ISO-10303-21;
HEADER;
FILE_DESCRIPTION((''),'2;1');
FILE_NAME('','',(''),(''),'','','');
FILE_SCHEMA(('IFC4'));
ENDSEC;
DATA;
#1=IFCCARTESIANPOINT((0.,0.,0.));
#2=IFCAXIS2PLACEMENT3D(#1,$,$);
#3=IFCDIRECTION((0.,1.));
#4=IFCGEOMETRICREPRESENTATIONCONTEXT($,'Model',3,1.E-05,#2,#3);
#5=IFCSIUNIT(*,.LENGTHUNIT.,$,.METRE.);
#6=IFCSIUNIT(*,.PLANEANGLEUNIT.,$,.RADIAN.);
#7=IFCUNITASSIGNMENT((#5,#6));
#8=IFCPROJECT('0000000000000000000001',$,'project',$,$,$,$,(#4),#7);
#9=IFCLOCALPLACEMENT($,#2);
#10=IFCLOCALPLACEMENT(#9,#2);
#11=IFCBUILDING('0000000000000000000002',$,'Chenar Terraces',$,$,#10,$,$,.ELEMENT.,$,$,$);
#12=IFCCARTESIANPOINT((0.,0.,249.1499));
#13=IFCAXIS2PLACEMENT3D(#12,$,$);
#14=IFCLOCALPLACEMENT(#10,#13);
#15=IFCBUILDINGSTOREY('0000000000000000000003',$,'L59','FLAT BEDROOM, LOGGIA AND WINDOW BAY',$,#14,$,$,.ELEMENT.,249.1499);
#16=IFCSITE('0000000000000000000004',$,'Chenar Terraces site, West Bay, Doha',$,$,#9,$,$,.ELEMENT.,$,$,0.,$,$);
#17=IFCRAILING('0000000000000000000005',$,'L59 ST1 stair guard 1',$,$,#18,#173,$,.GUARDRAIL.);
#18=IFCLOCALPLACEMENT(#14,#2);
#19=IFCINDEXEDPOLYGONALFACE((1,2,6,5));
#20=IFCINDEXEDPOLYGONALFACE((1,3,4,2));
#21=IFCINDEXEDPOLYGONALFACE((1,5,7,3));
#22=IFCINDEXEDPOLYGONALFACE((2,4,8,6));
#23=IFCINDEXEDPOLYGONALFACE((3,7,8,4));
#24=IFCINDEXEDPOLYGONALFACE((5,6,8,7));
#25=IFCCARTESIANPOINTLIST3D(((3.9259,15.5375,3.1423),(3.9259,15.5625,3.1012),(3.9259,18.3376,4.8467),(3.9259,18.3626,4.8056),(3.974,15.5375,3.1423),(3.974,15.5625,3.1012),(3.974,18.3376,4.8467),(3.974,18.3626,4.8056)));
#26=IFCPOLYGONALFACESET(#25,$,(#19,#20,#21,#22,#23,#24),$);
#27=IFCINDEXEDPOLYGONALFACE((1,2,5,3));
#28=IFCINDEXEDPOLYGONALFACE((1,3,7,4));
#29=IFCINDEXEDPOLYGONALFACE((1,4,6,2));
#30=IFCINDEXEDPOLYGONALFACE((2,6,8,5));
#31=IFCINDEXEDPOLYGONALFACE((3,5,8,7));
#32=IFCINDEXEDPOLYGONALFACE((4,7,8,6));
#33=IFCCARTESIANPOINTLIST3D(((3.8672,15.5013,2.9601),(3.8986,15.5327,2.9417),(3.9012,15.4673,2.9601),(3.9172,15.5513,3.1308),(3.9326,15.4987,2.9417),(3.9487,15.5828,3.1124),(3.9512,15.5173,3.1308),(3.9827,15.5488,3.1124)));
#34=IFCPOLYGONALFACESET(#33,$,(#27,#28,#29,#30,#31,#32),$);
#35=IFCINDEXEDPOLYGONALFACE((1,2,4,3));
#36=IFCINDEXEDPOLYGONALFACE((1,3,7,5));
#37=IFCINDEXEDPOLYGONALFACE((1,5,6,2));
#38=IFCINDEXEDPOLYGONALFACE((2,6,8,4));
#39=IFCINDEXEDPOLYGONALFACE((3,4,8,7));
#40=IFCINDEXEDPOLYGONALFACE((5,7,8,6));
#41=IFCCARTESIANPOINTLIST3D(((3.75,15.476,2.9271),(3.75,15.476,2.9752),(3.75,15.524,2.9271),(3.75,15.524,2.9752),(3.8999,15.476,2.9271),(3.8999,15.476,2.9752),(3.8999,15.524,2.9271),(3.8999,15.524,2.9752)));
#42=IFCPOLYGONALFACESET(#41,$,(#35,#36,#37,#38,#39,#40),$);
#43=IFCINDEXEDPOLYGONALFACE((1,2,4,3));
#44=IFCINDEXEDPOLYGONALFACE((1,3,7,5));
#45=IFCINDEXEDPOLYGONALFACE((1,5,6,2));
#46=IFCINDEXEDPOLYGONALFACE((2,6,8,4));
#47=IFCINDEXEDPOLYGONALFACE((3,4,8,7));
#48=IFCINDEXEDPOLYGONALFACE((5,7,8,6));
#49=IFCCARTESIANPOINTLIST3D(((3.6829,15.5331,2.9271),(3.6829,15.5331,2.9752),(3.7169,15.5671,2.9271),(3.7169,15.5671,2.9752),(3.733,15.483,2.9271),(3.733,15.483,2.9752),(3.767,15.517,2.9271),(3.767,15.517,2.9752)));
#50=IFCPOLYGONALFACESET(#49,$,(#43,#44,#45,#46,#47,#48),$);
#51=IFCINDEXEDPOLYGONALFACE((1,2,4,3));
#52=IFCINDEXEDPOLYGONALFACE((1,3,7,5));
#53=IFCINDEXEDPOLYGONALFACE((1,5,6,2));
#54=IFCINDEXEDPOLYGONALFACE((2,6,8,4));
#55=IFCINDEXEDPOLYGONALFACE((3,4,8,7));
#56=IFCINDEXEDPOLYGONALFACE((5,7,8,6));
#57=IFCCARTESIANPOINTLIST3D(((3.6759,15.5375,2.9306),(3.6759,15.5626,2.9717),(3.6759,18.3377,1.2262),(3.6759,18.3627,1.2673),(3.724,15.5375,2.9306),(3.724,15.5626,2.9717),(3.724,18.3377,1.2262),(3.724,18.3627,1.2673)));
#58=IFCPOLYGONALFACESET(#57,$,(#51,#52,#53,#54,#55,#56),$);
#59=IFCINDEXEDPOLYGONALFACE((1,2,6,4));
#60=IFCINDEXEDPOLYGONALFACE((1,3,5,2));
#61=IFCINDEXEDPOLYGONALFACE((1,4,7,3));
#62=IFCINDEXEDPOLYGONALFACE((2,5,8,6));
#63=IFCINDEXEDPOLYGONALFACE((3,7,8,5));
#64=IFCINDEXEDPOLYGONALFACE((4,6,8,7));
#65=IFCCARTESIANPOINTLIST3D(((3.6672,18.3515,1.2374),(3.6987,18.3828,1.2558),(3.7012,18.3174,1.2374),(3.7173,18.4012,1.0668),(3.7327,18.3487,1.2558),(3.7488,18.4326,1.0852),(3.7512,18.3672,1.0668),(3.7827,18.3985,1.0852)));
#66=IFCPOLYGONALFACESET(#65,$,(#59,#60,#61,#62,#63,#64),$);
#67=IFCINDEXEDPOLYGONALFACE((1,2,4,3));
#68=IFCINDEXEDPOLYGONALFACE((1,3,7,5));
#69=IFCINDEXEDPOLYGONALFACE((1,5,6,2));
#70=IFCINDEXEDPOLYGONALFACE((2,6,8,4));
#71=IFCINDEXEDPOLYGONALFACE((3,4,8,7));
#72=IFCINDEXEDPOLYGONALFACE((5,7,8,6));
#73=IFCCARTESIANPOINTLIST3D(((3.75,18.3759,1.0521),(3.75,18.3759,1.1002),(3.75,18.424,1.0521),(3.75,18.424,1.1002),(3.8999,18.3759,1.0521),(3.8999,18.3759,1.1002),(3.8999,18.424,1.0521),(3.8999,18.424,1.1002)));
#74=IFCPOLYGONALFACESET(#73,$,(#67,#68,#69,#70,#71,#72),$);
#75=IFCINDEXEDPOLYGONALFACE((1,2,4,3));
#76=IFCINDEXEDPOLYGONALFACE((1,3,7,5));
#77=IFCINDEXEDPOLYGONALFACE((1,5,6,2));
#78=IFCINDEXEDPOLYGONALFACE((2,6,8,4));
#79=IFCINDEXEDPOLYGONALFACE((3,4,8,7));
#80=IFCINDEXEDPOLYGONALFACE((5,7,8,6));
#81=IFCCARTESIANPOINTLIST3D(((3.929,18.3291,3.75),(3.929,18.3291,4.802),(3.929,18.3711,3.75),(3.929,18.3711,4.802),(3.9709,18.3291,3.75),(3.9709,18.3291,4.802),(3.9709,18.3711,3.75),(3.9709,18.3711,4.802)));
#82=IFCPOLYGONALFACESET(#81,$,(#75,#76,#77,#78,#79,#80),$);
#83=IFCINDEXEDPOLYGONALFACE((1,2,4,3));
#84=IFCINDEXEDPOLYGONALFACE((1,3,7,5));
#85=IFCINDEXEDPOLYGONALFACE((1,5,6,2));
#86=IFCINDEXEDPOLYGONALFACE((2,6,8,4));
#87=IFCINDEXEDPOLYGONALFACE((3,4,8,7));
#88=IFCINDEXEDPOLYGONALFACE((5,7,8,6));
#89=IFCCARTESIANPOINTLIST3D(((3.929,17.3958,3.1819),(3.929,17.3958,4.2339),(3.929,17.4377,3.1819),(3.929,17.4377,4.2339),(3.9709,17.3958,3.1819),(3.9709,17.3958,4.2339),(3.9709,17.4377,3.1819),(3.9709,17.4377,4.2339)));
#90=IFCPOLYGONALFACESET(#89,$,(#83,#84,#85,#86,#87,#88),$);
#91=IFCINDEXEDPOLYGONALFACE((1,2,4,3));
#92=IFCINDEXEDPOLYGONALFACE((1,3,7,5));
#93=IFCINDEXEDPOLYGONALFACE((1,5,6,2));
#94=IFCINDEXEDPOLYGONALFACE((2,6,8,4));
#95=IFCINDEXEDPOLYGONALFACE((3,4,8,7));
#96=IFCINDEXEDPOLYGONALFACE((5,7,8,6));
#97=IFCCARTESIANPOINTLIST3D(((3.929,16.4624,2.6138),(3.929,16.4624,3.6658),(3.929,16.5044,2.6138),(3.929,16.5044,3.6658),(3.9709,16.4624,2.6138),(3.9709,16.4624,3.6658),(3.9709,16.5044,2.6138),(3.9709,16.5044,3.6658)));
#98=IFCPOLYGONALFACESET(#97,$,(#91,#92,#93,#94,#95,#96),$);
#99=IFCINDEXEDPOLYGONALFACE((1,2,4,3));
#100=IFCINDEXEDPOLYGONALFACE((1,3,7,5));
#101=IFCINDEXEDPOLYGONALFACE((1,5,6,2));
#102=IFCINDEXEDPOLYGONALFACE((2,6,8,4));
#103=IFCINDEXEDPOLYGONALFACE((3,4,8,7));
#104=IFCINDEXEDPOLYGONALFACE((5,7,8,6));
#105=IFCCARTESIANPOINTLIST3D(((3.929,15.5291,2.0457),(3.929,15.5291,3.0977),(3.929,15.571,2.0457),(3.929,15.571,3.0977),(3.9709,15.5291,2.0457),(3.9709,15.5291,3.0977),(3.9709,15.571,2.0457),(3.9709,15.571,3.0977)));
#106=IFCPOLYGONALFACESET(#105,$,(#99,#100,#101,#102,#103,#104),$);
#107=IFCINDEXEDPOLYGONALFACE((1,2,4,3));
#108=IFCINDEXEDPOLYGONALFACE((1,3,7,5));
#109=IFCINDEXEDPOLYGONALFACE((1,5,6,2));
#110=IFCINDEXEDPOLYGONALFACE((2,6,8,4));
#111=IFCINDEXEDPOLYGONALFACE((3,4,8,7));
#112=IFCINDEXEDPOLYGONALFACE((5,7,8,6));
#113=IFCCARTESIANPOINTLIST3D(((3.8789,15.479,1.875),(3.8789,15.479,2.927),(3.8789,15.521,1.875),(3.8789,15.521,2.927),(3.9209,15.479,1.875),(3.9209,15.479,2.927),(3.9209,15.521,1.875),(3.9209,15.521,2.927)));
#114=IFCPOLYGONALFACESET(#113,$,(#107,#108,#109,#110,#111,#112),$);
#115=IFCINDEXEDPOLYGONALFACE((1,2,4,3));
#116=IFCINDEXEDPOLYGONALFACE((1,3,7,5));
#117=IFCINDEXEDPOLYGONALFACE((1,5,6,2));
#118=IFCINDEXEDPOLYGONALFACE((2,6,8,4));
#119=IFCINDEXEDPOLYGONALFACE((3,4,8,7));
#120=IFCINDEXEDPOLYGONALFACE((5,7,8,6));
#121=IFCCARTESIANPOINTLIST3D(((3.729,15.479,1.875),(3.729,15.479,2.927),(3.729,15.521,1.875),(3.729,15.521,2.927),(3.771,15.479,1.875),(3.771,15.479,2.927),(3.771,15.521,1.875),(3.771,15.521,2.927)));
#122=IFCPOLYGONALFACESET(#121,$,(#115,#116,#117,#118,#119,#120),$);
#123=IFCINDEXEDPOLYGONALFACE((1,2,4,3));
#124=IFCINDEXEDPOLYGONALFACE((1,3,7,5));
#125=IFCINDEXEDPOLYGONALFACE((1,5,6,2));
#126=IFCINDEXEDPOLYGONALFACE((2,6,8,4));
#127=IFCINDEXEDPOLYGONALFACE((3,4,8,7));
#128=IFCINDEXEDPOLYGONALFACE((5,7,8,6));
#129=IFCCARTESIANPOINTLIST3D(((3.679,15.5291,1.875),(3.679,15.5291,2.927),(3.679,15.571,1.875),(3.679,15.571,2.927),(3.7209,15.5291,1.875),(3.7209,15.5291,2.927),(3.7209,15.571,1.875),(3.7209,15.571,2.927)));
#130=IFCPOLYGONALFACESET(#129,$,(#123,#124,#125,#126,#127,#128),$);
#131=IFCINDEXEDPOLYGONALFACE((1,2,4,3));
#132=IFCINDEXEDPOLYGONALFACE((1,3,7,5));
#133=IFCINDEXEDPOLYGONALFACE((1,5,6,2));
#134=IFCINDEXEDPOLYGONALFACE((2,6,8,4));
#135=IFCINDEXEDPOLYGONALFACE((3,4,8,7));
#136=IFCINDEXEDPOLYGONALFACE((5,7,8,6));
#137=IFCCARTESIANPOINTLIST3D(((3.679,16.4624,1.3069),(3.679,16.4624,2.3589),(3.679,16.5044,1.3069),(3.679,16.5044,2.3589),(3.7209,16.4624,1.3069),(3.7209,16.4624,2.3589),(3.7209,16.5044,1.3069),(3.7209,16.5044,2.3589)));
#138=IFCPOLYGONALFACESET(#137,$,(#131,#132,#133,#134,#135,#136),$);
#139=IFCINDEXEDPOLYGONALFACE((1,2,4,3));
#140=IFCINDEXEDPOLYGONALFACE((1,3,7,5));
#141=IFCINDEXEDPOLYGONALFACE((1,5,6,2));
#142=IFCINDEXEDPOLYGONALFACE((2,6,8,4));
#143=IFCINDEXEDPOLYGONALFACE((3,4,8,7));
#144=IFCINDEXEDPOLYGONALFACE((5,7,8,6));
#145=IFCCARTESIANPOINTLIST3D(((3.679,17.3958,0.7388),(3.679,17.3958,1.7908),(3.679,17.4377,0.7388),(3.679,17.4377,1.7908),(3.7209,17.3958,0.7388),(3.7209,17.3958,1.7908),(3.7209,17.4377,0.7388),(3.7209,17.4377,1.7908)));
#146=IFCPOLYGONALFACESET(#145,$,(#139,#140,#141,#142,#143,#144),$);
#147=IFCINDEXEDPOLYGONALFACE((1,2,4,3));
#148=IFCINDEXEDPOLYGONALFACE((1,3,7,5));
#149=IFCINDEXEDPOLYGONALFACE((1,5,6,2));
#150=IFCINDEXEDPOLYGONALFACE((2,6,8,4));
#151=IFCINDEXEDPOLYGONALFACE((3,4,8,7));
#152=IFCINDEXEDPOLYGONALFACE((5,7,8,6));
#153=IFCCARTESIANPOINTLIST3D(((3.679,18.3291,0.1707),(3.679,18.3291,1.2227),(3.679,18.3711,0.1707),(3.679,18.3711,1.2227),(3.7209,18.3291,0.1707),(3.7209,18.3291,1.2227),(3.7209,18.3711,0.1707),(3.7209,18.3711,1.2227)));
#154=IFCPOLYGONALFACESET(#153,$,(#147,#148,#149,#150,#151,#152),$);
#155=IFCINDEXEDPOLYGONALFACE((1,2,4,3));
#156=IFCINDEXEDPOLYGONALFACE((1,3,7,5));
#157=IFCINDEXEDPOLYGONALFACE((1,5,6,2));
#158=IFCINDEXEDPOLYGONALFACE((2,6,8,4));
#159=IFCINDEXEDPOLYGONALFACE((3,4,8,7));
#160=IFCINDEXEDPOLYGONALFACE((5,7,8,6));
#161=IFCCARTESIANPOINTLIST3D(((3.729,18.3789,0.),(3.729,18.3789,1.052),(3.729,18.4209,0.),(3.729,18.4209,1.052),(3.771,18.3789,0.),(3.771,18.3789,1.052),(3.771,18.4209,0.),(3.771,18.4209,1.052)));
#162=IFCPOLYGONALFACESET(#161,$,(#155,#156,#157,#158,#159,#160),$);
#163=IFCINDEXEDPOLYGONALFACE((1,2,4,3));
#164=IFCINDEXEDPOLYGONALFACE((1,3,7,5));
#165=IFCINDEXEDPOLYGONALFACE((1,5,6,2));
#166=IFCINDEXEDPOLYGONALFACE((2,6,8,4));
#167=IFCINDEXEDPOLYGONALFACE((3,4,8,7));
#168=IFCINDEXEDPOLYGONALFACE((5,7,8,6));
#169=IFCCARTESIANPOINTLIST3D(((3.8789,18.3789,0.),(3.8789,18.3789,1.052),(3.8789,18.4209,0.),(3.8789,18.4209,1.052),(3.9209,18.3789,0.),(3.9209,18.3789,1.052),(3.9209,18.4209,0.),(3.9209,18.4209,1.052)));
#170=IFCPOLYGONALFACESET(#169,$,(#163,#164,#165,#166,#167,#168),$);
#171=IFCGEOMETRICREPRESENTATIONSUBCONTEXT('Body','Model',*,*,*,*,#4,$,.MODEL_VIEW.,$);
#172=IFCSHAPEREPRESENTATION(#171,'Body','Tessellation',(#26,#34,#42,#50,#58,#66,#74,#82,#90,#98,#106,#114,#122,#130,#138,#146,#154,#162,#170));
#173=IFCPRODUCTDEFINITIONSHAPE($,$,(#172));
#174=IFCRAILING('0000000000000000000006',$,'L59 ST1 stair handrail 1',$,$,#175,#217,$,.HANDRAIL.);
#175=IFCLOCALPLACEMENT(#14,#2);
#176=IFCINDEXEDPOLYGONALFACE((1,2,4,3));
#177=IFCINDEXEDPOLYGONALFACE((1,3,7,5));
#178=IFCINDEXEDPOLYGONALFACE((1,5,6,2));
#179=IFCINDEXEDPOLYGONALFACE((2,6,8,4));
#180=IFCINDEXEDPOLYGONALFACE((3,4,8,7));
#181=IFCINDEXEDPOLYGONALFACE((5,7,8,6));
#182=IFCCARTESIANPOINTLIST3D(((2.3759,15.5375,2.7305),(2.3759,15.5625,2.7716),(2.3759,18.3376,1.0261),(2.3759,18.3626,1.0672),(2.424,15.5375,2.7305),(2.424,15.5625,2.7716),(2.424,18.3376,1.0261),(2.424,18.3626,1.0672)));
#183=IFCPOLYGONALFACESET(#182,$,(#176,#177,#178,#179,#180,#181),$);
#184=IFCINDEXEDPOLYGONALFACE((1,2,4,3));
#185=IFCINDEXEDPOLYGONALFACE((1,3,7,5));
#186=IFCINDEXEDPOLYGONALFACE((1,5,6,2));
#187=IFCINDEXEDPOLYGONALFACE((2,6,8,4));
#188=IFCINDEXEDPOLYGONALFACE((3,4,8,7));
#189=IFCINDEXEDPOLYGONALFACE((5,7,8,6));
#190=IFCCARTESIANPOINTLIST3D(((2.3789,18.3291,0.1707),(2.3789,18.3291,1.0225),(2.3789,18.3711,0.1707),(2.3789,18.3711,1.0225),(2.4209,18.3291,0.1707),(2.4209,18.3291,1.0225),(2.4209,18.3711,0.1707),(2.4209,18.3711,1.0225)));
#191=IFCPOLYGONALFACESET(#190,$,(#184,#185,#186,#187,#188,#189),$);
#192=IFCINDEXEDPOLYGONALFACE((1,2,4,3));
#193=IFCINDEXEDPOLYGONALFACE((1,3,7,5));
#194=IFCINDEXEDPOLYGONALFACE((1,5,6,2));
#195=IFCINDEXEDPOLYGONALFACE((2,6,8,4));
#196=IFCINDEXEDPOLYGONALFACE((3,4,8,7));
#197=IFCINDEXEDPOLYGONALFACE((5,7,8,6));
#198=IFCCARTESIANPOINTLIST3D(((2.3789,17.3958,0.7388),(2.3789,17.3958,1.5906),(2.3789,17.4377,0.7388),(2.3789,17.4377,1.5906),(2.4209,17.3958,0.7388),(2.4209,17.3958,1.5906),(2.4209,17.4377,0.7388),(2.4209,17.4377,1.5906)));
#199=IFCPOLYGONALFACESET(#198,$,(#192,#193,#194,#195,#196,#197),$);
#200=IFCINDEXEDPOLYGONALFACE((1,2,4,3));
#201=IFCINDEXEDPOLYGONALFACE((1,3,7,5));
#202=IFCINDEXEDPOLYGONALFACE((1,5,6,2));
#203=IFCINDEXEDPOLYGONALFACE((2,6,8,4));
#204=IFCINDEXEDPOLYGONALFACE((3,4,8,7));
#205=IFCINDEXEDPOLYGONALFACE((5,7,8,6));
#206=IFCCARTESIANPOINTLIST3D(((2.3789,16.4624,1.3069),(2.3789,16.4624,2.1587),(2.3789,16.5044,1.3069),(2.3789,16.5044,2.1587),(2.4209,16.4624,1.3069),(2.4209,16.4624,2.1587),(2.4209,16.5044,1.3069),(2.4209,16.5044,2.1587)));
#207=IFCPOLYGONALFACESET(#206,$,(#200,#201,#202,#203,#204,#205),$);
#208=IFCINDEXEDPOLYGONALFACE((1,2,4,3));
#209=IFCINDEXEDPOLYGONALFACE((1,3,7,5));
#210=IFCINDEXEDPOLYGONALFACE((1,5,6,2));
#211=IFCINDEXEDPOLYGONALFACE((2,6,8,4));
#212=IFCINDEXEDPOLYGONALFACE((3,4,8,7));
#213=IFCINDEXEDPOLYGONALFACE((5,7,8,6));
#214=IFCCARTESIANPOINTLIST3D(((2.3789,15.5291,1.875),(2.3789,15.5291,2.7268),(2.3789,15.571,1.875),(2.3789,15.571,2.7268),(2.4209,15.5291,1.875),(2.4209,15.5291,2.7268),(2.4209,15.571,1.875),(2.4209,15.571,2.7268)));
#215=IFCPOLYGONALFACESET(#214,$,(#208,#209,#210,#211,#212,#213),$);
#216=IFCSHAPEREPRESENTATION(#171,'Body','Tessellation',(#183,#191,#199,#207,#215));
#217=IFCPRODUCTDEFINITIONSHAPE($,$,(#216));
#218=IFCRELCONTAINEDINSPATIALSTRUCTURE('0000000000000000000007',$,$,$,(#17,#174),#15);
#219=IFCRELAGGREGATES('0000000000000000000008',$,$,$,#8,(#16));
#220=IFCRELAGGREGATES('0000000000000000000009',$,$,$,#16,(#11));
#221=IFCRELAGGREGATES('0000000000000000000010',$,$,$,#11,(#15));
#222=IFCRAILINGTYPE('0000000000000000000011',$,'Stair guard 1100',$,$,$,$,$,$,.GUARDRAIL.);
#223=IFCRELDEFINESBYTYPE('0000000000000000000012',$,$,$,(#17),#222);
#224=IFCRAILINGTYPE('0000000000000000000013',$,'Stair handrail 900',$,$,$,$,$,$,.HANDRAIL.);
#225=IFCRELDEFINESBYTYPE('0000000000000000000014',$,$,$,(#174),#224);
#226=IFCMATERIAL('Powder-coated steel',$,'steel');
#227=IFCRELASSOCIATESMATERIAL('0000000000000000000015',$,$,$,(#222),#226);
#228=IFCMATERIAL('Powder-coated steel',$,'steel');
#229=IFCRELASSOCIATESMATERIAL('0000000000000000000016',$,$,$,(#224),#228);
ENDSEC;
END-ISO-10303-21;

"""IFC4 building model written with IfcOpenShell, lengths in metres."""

from ifc_helpers import new_model, si_unit, direction, frame, origin, origin_2d, place, context, subcontext, project, spatial, rectangle, extrude, material, type_object, element, save


model = new_model("IFC4")

# Units and contexts
model_context = context("Model", 3, precision=1e-05, world=origin(), true_north=direction((0.0, 1.0)))
body_context = subcontext(model_context, "Body", "Model", "MODEL_VIEW")
ifc_project = project(units=[si_unit("LENGTHUNIT", "METRE"), si_unit("PLANEANGLEUNIT", "RADIAN")], contexts=[model_context])

# Site, building, storey
site_placement = place(None, origin())
site = spatial("IfcSite", under=ifc_project, at=site_placement, Name="Chenar Terraces site, West Bay, Doha", CompositionType="ELEMENT", RefElevation=0.0)
building_placement = place(site_placement, origin())
building = spatial("IfcBuilding", under=site, at=building_placement, Name="Chenar Terraces", CompositionType="ELEMENT")
storey_placement = place(building_placement, frame((0.0, 0.0, 249.1499)))
storey = spatial("IfcBuildingStorey", under=building, at=storey_placement, Name="L59", Description="FLAT BEDROOM, LOGGIA AND WINDOW BAY", CompositionType="ELEMENT", Elevation=249.1499)

# Railings
ifc_material_1 = material(Name="Powder-coated steel", Category="steel")
railing_type_1 = type_object("IfcRailingType", Name="Stair guard 1100", PredefinedType="GUARDRAIL", material=ifc_material_1)
railing_1_placement = place(storey_placement, frame((3.95, 18.3501, 3.75)))
element("IfcRailing", 1, at=railing_1_placement, inside=storey, type_object=railing_type_1, Name="L59 ST1 stair guard 1", PredefinedType="GUARDRAIL", context=body_context, shape_type="SweptSolid", body=[
    extrude(rectangle(XDim=0.0481, YDim=0.0481, at=origin_2d()), frame((0.0, 0.0, 1.0762), z_axis=(0.0, -0.854203, -0.51994), x_axis=(1.0, 0.0, 0.0)), (0.0, 0.0, 1.0), 3.2781),
    extrude(rectangle(XDim=0.0481, YDim=0.0481, at=origin_2d()), frame((0.0, -2.8, -0.6284), z_axis=(-0.2709, -0.2709, -0.923703), x_axis=(0.707107, -0.707107, 0.0)), (0.0, 0.0, 1.0), 0.1848),
    extrude(rectangle(XDim=0.0481, YDim=0.0481, at=origin_2d()), frame((-0.05, -2.8501, -0.7988), z_axis=(-1.0, 0.0, 0.0), x_axis=(0.0, -1.0, 0.0)), (0.0, 0.0, 1.0), 0.1499),
    extrude(rectangle(XDim=0.0481, YDim=0.0481, at=origin_2d()), frame((-0.2, -2.8501, -0.7988), z_axis=(-0.707107, 0.707107, 0.0), x_axis=(-0.707107, -0.707107, 0.0)), (0.0, 0.0, 1.0), 0.0708),
    extrude(rectangle(XDim=0.0481, YDim=0.0481, at=origin_2d()), frame((-0.25, -2.8, -0.7988), z_axis=(0.0, 0.854203, -0.51994), x_axis=(-1.0, 0.0, 0.0)), (0.0, 0.0, 1.0), 3.2781),
    extrude(rectangle(XDim=0.0481, YDim=0.0481, at=origin_2d()), frame((-0.25, 0.0, -2.5034), z_axis=(0.270997, 0.269675, -0.924033), x_axis=(-0.705376, 0.708834, 0.0)), (0.0, 0.0, 1.0), 0.1846),
    extrude(rectangle(XDim=0.0481, YDim=0.0481, at=origin_2d()), frame((-0.2, 0.0498, -2.6738), z_axis=(1.0, 0.0, 0.0), x_axis=(0.0, 1.0, 0.0)), (0.0, 0.0, 1.0), 0.1499),
    extrude(rectangle(XDim=0.042, YDim=0.042, at=origin_2d()), origin(), (0.0, 0.0, 1.0), 1.052),
    extrude(rectangle(XDim=0.042, YDim=0.042, at=origin_2d()), frame((0.0, -0.9333, -0.5681)), (0.0, 0.0, 1.0), 1.052),
    extrude(rectangle(XDim=0.042, YDim=0.042, at=origin_2d()), frame((0.0, -1.8667, -1.1362)), (0.0, 0.0, 1.0), 1.052),
    extrude(rectangle(XDim=0.042, YDim=0.042, at=origin_2d()), frame((0.0, -2.8, -1.7043)), (0.0, 0.0, 1.0), 1.052),
    extrude(rectangle(XDim=0.042, YDim=0.042, at=origin_2d()), frame((-0.05, -2.8501, -1.875)), (0.0, 0.0, 1.0), 1.052),
    extrude(rectangle(XDim=0.042, YDim=0.042, at=origin_2d()), frame((-0.2, -2.8501, -1.875)), (0.0, 0.0, 1.0), 1.052),
    extrude(rectangle(XDim=0.042, YDim=0.042, at=origin_2d()), frame((-0.25, -2.8, -1.875)), (0.0, 0.0, 1.0), 1.052),
    extrude(rectangle(XDim=0.042, YDim=0.042, at=origin_2d()), frame((-0.25, -1.8667, -2.4431)), (0.0, 0.0, 1.0), 1.052),
    extrude(rectangle(XDim=0.042, YDim=0.042, at=origin_2d()), frame((-0.25, -0.9333, -3.0112)), (0.0, 0.0, 1.0), 1.052),
    extrude(rectangle(XDim=0.042, YDim=0.042, at=origin_2d()), frame((-0.25, 0.0, -3.5793)), (0.0, 0.0, 1.0), 1.052),
    extrude(rectangle(XDim=0.042, YDim=0.042, at=origin_2d()), frame((-0.2, 0.0498, -3.75)), (0.0, 0.0, 1.0), 1.052),
    extrude(rectangle(XDim=0.042, YDim=0.042, at=origin_2d()), frame((-0.05, 0.0498, -3.75)), (0.0, 0.0, 1.0), 1.052),
])
ifc_material_2 = material(Name="Powder-coated steel", Category="steel")
railing_type_2 = type_object("IfcRailingType", Name="Stair handrail 900", PredefinedType="HANDRAIL", material=ifc_material_2)
railing_2_placement = place(storey_placement, frame((2.3999, 18.3501, 0.1707)))
element("IfcRailing", 2, at=railing_2_placement, inside=storey, type_object=railing_type_2, Name="L59 ST1 stair handrail 1", PredefinedType="HANDRAIL", context=body_context, shape_type="SweptSolid", body=[
    extrude(rectangle(XDim=0.0481, YDim=0.0481, at=origin_2d()), frame((0.0, 0.0, 0.876), z_axis=(0.0, -0.854203, 0.51994), x_axis=(1.0, 0.0, 0.0)), (0.0, 0.0, 1.0), 3.2781),
    extrude(rectangle(XDim=0.042, YDim=0.042, at=origin_2d()), origin(), (0.0, 0.0, 1.0), 0.8518),
    extrude(rectangle(XDim=0.042, YDim=0.042, at=origin_2d()), frame((0.0, -0.9333, 0.5681)), (0.0, 0.0, 1.0), 0.8518),
    extrude(rectangle(XDim=0.042, YDim=0.042, at=origin_2d()), frame((0.0, -1.8667, 1.1362)), (0.0, 0.0, 1.0), 0.8518),
    extrude(rectangle(XDim=0.042, YDim=0.042, at=origin_2d()), frame((0.0, -2.8, 1.7043)), (0.0, 0.0, 1.0), 0.8518),
])

save(model, "model.ifc")
